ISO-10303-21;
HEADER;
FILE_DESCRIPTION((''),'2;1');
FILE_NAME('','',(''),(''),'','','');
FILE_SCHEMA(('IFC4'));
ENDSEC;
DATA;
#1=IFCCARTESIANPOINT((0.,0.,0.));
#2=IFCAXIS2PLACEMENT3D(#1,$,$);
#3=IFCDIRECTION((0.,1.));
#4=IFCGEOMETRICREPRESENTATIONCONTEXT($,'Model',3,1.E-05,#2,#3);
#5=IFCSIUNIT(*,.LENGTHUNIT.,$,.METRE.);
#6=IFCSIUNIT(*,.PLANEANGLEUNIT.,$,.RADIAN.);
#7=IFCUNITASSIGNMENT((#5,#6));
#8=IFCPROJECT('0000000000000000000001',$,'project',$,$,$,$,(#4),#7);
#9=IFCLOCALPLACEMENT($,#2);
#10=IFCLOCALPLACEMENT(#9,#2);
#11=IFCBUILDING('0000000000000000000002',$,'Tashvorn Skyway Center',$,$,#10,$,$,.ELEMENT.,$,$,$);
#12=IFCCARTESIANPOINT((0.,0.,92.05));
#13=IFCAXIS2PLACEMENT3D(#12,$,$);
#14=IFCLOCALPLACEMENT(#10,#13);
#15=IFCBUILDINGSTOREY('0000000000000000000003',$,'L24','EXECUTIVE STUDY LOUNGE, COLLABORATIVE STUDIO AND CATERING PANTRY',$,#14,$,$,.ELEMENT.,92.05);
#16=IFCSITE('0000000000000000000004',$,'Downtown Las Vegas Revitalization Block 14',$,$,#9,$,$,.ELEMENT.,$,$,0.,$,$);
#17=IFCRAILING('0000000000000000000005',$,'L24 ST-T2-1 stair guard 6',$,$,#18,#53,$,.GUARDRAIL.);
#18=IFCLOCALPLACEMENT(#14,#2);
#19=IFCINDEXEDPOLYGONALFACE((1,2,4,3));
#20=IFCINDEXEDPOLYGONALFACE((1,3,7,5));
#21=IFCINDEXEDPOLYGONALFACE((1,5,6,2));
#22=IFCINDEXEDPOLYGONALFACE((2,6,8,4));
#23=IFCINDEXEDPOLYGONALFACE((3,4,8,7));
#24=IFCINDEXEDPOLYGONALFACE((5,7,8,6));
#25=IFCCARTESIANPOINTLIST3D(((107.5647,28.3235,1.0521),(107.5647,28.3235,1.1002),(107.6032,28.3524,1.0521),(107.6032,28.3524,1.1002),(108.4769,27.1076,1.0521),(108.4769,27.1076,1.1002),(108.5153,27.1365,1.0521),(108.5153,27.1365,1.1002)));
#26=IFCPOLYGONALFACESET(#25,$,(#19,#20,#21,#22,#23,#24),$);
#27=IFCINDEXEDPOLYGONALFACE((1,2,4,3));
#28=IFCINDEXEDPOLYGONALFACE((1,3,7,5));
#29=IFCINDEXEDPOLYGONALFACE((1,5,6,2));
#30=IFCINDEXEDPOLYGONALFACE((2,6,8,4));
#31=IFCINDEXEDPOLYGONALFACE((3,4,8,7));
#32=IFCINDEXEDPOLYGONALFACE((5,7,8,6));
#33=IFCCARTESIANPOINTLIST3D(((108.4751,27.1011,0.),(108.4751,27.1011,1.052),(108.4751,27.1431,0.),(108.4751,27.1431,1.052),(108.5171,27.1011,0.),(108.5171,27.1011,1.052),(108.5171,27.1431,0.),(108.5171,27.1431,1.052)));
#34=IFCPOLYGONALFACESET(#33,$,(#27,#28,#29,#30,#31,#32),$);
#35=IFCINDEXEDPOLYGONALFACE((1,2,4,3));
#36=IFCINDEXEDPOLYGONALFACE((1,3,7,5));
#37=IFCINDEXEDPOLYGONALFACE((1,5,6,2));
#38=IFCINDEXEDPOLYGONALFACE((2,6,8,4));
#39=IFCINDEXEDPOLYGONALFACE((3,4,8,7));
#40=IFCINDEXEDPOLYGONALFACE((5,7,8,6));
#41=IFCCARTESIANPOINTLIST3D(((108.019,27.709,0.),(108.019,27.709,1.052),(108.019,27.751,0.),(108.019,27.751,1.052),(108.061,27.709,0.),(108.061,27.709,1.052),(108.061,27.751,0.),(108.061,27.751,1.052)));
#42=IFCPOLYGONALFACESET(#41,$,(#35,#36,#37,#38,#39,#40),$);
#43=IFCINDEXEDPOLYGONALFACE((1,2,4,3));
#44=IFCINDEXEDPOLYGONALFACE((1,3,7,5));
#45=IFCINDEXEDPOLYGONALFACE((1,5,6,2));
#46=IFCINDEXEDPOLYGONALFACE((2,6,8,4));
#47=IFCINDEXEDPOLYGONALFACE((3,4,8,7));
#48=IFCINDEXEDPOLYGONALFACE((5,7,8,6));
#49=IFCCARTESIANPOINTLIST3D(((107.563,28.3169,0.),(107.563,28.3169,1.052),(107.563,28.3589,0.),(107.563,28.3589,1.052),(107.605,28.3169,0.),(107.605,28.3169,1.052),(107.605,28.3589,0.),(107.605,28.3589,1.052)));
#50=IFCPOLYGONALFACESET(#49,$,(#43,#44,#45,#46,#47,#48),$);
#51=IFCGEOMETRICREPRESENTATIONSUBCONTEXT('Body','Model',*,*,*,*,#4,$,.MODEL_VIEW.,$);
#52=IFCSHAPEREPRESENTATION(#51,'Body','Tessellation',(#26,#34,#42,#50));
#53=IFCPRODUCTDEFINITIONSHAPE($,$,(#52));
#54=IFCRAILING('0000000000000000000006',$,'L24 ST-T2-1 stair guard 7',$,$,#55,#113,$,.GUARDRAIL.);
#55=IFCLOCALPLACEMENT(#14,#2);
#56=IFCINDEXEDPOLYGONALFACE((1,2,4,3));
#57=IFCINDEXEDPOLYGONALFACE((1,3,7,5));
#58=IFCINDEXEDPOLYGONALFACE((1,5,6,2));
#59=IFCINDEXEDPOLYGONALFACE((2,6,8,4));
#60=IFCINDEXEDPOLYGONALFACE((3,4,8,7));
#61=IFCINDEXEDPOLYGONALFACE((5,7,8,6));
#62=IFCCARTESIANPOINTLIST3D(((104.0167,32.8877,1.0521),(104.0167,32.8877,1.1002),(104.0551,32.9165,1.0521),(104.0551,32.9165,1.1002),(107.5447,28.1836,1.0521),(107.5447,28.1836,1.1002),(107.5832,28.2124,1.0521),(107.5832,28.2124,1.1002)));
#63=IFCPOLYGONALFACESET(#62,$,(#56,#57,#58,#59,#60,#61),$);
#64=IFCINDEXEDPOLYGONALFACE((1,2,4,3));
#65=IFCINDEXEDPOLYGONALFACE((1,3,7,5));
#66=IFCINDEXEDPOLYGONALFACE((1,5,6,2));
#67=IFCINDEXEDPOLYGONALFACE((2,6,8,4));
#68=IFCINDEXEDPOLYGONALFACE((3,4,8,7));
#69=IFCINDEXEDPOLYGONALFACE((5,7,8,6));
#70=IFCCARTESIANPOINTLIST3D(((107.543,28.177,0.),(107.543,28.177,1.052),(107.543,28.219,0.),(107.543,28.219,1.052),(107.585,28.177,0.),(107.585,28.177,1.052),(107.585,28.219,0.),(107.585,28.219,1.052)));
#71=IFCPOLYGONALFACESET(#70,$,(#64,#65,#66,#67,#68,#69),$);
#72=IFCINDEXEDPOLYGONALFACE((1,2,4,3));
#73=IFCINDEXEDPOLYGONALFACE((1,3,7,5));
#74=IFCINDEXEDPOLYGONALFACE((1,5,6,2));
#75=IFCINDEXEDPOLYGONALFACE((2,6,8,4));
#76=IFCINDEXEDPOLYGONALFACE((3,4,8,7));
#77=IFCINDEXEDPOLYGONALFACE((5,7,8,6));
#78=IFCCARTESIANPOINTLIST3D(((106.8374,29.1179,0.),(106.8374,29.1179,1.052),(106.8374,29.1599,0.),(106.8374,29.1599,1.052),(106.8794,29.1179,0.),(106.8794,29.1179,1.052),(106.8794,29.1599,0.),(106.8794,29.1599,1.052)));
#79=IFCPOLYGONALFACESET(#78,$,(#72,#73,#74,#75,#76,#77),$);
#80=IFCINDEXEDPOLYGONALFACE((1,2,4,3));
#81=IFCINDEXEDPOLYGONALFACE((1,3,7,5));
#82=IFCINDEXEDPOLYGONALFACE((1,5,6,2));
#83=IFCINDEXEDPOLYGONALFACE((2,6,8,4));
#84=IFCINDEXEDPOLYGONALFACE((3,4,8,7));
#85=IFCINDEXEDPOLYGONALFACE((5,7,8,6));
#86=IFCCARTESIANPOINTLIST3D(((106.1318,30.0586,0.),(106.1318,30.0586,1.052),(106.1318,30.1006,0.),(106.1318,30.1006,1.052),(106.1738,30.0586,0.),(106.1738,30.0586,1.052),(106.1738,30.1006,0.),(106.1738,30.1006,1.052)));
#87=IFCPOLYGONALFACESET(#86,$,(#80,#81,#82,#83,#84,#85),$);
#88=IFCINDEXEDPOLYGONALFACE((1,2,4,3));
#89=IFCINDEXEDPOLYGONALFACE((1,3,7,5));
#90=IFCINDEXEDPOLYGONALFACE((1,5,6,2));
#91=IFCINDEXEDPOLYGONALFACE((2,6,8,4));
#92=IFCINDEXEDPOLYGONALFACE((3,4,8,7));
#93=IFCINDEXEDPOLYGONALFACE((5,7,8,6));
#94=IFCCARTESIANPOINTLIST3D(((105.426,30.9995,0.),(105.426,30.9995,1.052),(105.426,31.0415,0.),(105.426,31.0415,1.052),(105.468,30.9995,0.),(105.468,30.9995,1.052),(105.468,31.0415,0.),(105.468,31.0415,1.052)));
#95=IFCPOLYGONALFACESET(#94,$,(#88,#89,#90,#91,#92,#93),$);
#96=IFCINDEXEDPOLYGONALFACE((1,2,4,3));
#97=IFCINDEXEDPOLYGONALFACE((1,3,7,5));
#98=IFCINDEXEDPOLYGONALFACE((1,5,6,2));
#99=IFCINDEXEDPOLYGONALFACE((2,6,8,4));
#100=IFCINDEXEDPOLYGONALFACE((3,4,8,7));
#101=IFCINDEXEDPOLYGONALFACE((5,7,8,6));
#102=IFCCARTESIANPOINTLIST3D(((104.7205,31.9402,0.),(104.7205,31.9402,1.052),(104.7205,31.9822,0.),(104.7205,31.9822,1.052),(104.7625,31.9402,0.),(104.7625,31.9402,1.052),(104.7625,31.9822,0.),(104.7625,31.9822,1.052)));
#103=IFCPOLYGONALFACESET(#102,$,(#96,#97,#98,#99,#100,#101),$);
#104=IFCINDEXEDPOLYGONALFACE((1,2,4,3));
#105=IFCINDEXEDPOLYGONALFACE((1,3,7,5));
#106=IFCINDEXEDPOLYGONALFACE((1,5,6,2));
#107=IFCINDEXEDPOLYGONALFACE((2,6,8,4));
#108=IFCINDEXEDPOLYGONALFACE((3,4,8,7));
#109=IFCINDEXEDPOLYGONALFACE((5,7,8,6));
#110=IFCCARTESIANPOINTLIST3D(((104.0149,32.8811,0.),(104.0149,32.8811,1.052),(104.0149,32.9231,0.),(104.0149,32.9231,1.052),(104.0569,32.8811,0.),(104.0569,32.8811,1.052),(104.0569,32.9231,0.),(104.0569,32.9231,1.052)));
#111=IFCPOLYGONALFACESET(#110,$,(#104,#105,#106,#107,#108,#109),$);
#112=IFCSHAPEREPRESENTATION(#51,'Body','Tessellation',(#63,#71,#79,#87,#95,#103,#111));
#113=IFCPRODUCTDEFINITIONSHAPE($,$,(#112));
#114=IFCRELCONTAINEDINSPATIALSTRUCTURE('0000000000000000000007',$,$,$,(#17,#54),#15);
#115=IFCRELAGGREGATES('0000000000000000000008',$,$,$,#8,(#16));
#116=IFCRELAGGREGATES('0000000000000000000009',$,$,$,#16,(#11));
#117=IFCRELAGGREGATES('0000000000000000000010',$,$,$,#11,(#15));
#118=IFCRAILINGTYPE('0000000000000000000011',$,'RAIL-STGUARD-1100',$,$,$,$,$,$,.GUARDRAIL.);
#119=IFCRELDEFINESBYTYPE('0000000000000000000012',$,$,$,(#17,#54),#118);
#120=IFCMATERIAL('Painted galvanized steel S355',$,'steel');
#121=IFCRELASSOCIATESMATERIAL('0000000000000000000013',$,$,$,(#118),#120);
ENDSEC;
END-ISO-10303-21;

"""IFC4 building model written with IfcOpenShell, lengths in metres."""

from ifc_helpers import new_model, si_unit, direction, frame, origin, origin_2d, place, context, subcontext, project, spatial, rectangle, extrude, material, type_object, element, save


model = new_model("IFC4")

# Units and contexts
model_context = context("Model", 3, precision=1e-05, world=origin(), true_north=direction((0.0, 1.0)))
body_context = subcontext(model_context, "Body", "Model", "MODEL_VIEW")
ifc_project = project(units=[si_unit("LENGTHUNIT", "METRE"), si_unit("PLANEANGLEUNIT", "RADIAN")], contexts=[model_context])

# Site, building, storey
site_placement = place(None, origin())
site = spatial("IfcSite", under=ifc_project, at=site_placement, Name="Downtown Las Vegas Revitalization Block 14", CompositionType="ELEMENT", RefElevation=0.0)
building_placement = place(site_placement, origin())
building = spatial("IfcBuilding", under=site, at=building_placement, Name="Tashvorn Skyway Center", CompositionType="ELEMENT")
storey_placement = place(building_placement, frame((0.0, 0.0, 92.05)))
storey = spatial("IfcBuildingStorey", under=building, at=storey_placement, Name="L24", Description="EXECUTIVE STUDY LOUNGE, COLLABORATIVE STUDIO AND CATERING PANTRY", CompositionType="ELEMENT", Elevation=92.05)

# Railings
ifc_material_1 = material(Name="Painted galvanized steel S355", Category="steel")
railing_type = type_object("IfcRailingType", Name="RAIL-STGUARD-1100", PredefinedType="GUARDRAIL", material=ifc_material_1)
railing_1_placement = place(storey_placement, frame((108.4961, 27.1221, 0.0)))
element("IfcRailing", 1, at=railing_1_placement, inside=storey, type_object=railing_type, Name="L24 ST-T2-1 stair guard 6", PredefinedType="GUARDRAIL", context=body_context, shape_type="SweptSolid", body=[
    extrude(rectangle(XDim=0.0481, YDim=0.0481, at=origin_2d()), frame((0.0, 0.0, 1.0762), z_axis=(-0.600103, 0.799923, 0.0), x_axis=(-0.799923, -0.600103, 0.0)), (0.0, 0.0, 1.0), 1.52),
    extrude(rectangle(XDim=0.042, YDim=0.042, at=origin_2d()), origin(), (0.0, 0.0, 1.0), 1.052),
    extrude(rectangle(XDim=0.042, YDim=0.042, at=origin_2d()), frame((-0.4561, 0.6079, 0.0)), (0.0, 0.0, 1.0), 1.052),
    extrude(rectangle(XDim=0.042, YDim=0.042, at=origin_2d()), frame((-0.9121, 1.2158, 0.0)), (0.0, 0.0, 1.0), 1.052),
])
railing_2_placement = place(storey_placement, frame((107.564, 28.198, 0.0)))
element("IfcRailing", 2, at=railing_2_placement, inside=storey, type_object=railing_type, Name="L24 ST-T2-1 stair guard 7", PredefinedType="GUARDRAIL", context=body_context, shape_type="SweptSolid", body=[
    extrude(rectangle(XDim=0.0481, YDim=0.0481, at=origin_2d()), frame((0.0, 0.0, 1.0762), z_axis=(-0.6, 0.8, 0.0), x_axis=(-0.8, -0.6, 0.0)), (0.0, 0.0, 1.0), 5.8801),
    extrude(rectangle(XDim=0.042, YDim=0.042, at=origin_2d()), origin(), (0.0, 0.0, 1.0), 1.052),
    extrude(rectangle(XDim=0.042, YDim=0.042, at=origin_2d()), frame((-0.7056, 0.9409, 0.0)), (0.0, 0.0, 1.0), 1.052),
    extrude(rectangle(XDim=0.042, YDim=0.042, at=origin_2d()), frame((-1.4111, 1.8816, 0.0)), (0.0, 0.0, 1.0), 1.052),
    extrude(rectangle(XDim=0.042, YDim=0.042, at=origin_2d()), frame((-2.1169, 2.8225, 0.0)), (0.0, 0.0, 1.0), 1.052),
    extrude(rectangle(XDim=0.042, YDim=0.042, at=origin_2d()), frame((-2.8225, 3.7632, 0.0)), (0.0, 0.0, 1.0), 1.052),
    extrude(rectangle(XDim=0.042, YDim=0.042, at=origin_2d()), frame((-3.5281, 4.7041, 0.0)), (0.0, 0.0, 1.0), 1.052),
])

save(model, "model.ifc")
